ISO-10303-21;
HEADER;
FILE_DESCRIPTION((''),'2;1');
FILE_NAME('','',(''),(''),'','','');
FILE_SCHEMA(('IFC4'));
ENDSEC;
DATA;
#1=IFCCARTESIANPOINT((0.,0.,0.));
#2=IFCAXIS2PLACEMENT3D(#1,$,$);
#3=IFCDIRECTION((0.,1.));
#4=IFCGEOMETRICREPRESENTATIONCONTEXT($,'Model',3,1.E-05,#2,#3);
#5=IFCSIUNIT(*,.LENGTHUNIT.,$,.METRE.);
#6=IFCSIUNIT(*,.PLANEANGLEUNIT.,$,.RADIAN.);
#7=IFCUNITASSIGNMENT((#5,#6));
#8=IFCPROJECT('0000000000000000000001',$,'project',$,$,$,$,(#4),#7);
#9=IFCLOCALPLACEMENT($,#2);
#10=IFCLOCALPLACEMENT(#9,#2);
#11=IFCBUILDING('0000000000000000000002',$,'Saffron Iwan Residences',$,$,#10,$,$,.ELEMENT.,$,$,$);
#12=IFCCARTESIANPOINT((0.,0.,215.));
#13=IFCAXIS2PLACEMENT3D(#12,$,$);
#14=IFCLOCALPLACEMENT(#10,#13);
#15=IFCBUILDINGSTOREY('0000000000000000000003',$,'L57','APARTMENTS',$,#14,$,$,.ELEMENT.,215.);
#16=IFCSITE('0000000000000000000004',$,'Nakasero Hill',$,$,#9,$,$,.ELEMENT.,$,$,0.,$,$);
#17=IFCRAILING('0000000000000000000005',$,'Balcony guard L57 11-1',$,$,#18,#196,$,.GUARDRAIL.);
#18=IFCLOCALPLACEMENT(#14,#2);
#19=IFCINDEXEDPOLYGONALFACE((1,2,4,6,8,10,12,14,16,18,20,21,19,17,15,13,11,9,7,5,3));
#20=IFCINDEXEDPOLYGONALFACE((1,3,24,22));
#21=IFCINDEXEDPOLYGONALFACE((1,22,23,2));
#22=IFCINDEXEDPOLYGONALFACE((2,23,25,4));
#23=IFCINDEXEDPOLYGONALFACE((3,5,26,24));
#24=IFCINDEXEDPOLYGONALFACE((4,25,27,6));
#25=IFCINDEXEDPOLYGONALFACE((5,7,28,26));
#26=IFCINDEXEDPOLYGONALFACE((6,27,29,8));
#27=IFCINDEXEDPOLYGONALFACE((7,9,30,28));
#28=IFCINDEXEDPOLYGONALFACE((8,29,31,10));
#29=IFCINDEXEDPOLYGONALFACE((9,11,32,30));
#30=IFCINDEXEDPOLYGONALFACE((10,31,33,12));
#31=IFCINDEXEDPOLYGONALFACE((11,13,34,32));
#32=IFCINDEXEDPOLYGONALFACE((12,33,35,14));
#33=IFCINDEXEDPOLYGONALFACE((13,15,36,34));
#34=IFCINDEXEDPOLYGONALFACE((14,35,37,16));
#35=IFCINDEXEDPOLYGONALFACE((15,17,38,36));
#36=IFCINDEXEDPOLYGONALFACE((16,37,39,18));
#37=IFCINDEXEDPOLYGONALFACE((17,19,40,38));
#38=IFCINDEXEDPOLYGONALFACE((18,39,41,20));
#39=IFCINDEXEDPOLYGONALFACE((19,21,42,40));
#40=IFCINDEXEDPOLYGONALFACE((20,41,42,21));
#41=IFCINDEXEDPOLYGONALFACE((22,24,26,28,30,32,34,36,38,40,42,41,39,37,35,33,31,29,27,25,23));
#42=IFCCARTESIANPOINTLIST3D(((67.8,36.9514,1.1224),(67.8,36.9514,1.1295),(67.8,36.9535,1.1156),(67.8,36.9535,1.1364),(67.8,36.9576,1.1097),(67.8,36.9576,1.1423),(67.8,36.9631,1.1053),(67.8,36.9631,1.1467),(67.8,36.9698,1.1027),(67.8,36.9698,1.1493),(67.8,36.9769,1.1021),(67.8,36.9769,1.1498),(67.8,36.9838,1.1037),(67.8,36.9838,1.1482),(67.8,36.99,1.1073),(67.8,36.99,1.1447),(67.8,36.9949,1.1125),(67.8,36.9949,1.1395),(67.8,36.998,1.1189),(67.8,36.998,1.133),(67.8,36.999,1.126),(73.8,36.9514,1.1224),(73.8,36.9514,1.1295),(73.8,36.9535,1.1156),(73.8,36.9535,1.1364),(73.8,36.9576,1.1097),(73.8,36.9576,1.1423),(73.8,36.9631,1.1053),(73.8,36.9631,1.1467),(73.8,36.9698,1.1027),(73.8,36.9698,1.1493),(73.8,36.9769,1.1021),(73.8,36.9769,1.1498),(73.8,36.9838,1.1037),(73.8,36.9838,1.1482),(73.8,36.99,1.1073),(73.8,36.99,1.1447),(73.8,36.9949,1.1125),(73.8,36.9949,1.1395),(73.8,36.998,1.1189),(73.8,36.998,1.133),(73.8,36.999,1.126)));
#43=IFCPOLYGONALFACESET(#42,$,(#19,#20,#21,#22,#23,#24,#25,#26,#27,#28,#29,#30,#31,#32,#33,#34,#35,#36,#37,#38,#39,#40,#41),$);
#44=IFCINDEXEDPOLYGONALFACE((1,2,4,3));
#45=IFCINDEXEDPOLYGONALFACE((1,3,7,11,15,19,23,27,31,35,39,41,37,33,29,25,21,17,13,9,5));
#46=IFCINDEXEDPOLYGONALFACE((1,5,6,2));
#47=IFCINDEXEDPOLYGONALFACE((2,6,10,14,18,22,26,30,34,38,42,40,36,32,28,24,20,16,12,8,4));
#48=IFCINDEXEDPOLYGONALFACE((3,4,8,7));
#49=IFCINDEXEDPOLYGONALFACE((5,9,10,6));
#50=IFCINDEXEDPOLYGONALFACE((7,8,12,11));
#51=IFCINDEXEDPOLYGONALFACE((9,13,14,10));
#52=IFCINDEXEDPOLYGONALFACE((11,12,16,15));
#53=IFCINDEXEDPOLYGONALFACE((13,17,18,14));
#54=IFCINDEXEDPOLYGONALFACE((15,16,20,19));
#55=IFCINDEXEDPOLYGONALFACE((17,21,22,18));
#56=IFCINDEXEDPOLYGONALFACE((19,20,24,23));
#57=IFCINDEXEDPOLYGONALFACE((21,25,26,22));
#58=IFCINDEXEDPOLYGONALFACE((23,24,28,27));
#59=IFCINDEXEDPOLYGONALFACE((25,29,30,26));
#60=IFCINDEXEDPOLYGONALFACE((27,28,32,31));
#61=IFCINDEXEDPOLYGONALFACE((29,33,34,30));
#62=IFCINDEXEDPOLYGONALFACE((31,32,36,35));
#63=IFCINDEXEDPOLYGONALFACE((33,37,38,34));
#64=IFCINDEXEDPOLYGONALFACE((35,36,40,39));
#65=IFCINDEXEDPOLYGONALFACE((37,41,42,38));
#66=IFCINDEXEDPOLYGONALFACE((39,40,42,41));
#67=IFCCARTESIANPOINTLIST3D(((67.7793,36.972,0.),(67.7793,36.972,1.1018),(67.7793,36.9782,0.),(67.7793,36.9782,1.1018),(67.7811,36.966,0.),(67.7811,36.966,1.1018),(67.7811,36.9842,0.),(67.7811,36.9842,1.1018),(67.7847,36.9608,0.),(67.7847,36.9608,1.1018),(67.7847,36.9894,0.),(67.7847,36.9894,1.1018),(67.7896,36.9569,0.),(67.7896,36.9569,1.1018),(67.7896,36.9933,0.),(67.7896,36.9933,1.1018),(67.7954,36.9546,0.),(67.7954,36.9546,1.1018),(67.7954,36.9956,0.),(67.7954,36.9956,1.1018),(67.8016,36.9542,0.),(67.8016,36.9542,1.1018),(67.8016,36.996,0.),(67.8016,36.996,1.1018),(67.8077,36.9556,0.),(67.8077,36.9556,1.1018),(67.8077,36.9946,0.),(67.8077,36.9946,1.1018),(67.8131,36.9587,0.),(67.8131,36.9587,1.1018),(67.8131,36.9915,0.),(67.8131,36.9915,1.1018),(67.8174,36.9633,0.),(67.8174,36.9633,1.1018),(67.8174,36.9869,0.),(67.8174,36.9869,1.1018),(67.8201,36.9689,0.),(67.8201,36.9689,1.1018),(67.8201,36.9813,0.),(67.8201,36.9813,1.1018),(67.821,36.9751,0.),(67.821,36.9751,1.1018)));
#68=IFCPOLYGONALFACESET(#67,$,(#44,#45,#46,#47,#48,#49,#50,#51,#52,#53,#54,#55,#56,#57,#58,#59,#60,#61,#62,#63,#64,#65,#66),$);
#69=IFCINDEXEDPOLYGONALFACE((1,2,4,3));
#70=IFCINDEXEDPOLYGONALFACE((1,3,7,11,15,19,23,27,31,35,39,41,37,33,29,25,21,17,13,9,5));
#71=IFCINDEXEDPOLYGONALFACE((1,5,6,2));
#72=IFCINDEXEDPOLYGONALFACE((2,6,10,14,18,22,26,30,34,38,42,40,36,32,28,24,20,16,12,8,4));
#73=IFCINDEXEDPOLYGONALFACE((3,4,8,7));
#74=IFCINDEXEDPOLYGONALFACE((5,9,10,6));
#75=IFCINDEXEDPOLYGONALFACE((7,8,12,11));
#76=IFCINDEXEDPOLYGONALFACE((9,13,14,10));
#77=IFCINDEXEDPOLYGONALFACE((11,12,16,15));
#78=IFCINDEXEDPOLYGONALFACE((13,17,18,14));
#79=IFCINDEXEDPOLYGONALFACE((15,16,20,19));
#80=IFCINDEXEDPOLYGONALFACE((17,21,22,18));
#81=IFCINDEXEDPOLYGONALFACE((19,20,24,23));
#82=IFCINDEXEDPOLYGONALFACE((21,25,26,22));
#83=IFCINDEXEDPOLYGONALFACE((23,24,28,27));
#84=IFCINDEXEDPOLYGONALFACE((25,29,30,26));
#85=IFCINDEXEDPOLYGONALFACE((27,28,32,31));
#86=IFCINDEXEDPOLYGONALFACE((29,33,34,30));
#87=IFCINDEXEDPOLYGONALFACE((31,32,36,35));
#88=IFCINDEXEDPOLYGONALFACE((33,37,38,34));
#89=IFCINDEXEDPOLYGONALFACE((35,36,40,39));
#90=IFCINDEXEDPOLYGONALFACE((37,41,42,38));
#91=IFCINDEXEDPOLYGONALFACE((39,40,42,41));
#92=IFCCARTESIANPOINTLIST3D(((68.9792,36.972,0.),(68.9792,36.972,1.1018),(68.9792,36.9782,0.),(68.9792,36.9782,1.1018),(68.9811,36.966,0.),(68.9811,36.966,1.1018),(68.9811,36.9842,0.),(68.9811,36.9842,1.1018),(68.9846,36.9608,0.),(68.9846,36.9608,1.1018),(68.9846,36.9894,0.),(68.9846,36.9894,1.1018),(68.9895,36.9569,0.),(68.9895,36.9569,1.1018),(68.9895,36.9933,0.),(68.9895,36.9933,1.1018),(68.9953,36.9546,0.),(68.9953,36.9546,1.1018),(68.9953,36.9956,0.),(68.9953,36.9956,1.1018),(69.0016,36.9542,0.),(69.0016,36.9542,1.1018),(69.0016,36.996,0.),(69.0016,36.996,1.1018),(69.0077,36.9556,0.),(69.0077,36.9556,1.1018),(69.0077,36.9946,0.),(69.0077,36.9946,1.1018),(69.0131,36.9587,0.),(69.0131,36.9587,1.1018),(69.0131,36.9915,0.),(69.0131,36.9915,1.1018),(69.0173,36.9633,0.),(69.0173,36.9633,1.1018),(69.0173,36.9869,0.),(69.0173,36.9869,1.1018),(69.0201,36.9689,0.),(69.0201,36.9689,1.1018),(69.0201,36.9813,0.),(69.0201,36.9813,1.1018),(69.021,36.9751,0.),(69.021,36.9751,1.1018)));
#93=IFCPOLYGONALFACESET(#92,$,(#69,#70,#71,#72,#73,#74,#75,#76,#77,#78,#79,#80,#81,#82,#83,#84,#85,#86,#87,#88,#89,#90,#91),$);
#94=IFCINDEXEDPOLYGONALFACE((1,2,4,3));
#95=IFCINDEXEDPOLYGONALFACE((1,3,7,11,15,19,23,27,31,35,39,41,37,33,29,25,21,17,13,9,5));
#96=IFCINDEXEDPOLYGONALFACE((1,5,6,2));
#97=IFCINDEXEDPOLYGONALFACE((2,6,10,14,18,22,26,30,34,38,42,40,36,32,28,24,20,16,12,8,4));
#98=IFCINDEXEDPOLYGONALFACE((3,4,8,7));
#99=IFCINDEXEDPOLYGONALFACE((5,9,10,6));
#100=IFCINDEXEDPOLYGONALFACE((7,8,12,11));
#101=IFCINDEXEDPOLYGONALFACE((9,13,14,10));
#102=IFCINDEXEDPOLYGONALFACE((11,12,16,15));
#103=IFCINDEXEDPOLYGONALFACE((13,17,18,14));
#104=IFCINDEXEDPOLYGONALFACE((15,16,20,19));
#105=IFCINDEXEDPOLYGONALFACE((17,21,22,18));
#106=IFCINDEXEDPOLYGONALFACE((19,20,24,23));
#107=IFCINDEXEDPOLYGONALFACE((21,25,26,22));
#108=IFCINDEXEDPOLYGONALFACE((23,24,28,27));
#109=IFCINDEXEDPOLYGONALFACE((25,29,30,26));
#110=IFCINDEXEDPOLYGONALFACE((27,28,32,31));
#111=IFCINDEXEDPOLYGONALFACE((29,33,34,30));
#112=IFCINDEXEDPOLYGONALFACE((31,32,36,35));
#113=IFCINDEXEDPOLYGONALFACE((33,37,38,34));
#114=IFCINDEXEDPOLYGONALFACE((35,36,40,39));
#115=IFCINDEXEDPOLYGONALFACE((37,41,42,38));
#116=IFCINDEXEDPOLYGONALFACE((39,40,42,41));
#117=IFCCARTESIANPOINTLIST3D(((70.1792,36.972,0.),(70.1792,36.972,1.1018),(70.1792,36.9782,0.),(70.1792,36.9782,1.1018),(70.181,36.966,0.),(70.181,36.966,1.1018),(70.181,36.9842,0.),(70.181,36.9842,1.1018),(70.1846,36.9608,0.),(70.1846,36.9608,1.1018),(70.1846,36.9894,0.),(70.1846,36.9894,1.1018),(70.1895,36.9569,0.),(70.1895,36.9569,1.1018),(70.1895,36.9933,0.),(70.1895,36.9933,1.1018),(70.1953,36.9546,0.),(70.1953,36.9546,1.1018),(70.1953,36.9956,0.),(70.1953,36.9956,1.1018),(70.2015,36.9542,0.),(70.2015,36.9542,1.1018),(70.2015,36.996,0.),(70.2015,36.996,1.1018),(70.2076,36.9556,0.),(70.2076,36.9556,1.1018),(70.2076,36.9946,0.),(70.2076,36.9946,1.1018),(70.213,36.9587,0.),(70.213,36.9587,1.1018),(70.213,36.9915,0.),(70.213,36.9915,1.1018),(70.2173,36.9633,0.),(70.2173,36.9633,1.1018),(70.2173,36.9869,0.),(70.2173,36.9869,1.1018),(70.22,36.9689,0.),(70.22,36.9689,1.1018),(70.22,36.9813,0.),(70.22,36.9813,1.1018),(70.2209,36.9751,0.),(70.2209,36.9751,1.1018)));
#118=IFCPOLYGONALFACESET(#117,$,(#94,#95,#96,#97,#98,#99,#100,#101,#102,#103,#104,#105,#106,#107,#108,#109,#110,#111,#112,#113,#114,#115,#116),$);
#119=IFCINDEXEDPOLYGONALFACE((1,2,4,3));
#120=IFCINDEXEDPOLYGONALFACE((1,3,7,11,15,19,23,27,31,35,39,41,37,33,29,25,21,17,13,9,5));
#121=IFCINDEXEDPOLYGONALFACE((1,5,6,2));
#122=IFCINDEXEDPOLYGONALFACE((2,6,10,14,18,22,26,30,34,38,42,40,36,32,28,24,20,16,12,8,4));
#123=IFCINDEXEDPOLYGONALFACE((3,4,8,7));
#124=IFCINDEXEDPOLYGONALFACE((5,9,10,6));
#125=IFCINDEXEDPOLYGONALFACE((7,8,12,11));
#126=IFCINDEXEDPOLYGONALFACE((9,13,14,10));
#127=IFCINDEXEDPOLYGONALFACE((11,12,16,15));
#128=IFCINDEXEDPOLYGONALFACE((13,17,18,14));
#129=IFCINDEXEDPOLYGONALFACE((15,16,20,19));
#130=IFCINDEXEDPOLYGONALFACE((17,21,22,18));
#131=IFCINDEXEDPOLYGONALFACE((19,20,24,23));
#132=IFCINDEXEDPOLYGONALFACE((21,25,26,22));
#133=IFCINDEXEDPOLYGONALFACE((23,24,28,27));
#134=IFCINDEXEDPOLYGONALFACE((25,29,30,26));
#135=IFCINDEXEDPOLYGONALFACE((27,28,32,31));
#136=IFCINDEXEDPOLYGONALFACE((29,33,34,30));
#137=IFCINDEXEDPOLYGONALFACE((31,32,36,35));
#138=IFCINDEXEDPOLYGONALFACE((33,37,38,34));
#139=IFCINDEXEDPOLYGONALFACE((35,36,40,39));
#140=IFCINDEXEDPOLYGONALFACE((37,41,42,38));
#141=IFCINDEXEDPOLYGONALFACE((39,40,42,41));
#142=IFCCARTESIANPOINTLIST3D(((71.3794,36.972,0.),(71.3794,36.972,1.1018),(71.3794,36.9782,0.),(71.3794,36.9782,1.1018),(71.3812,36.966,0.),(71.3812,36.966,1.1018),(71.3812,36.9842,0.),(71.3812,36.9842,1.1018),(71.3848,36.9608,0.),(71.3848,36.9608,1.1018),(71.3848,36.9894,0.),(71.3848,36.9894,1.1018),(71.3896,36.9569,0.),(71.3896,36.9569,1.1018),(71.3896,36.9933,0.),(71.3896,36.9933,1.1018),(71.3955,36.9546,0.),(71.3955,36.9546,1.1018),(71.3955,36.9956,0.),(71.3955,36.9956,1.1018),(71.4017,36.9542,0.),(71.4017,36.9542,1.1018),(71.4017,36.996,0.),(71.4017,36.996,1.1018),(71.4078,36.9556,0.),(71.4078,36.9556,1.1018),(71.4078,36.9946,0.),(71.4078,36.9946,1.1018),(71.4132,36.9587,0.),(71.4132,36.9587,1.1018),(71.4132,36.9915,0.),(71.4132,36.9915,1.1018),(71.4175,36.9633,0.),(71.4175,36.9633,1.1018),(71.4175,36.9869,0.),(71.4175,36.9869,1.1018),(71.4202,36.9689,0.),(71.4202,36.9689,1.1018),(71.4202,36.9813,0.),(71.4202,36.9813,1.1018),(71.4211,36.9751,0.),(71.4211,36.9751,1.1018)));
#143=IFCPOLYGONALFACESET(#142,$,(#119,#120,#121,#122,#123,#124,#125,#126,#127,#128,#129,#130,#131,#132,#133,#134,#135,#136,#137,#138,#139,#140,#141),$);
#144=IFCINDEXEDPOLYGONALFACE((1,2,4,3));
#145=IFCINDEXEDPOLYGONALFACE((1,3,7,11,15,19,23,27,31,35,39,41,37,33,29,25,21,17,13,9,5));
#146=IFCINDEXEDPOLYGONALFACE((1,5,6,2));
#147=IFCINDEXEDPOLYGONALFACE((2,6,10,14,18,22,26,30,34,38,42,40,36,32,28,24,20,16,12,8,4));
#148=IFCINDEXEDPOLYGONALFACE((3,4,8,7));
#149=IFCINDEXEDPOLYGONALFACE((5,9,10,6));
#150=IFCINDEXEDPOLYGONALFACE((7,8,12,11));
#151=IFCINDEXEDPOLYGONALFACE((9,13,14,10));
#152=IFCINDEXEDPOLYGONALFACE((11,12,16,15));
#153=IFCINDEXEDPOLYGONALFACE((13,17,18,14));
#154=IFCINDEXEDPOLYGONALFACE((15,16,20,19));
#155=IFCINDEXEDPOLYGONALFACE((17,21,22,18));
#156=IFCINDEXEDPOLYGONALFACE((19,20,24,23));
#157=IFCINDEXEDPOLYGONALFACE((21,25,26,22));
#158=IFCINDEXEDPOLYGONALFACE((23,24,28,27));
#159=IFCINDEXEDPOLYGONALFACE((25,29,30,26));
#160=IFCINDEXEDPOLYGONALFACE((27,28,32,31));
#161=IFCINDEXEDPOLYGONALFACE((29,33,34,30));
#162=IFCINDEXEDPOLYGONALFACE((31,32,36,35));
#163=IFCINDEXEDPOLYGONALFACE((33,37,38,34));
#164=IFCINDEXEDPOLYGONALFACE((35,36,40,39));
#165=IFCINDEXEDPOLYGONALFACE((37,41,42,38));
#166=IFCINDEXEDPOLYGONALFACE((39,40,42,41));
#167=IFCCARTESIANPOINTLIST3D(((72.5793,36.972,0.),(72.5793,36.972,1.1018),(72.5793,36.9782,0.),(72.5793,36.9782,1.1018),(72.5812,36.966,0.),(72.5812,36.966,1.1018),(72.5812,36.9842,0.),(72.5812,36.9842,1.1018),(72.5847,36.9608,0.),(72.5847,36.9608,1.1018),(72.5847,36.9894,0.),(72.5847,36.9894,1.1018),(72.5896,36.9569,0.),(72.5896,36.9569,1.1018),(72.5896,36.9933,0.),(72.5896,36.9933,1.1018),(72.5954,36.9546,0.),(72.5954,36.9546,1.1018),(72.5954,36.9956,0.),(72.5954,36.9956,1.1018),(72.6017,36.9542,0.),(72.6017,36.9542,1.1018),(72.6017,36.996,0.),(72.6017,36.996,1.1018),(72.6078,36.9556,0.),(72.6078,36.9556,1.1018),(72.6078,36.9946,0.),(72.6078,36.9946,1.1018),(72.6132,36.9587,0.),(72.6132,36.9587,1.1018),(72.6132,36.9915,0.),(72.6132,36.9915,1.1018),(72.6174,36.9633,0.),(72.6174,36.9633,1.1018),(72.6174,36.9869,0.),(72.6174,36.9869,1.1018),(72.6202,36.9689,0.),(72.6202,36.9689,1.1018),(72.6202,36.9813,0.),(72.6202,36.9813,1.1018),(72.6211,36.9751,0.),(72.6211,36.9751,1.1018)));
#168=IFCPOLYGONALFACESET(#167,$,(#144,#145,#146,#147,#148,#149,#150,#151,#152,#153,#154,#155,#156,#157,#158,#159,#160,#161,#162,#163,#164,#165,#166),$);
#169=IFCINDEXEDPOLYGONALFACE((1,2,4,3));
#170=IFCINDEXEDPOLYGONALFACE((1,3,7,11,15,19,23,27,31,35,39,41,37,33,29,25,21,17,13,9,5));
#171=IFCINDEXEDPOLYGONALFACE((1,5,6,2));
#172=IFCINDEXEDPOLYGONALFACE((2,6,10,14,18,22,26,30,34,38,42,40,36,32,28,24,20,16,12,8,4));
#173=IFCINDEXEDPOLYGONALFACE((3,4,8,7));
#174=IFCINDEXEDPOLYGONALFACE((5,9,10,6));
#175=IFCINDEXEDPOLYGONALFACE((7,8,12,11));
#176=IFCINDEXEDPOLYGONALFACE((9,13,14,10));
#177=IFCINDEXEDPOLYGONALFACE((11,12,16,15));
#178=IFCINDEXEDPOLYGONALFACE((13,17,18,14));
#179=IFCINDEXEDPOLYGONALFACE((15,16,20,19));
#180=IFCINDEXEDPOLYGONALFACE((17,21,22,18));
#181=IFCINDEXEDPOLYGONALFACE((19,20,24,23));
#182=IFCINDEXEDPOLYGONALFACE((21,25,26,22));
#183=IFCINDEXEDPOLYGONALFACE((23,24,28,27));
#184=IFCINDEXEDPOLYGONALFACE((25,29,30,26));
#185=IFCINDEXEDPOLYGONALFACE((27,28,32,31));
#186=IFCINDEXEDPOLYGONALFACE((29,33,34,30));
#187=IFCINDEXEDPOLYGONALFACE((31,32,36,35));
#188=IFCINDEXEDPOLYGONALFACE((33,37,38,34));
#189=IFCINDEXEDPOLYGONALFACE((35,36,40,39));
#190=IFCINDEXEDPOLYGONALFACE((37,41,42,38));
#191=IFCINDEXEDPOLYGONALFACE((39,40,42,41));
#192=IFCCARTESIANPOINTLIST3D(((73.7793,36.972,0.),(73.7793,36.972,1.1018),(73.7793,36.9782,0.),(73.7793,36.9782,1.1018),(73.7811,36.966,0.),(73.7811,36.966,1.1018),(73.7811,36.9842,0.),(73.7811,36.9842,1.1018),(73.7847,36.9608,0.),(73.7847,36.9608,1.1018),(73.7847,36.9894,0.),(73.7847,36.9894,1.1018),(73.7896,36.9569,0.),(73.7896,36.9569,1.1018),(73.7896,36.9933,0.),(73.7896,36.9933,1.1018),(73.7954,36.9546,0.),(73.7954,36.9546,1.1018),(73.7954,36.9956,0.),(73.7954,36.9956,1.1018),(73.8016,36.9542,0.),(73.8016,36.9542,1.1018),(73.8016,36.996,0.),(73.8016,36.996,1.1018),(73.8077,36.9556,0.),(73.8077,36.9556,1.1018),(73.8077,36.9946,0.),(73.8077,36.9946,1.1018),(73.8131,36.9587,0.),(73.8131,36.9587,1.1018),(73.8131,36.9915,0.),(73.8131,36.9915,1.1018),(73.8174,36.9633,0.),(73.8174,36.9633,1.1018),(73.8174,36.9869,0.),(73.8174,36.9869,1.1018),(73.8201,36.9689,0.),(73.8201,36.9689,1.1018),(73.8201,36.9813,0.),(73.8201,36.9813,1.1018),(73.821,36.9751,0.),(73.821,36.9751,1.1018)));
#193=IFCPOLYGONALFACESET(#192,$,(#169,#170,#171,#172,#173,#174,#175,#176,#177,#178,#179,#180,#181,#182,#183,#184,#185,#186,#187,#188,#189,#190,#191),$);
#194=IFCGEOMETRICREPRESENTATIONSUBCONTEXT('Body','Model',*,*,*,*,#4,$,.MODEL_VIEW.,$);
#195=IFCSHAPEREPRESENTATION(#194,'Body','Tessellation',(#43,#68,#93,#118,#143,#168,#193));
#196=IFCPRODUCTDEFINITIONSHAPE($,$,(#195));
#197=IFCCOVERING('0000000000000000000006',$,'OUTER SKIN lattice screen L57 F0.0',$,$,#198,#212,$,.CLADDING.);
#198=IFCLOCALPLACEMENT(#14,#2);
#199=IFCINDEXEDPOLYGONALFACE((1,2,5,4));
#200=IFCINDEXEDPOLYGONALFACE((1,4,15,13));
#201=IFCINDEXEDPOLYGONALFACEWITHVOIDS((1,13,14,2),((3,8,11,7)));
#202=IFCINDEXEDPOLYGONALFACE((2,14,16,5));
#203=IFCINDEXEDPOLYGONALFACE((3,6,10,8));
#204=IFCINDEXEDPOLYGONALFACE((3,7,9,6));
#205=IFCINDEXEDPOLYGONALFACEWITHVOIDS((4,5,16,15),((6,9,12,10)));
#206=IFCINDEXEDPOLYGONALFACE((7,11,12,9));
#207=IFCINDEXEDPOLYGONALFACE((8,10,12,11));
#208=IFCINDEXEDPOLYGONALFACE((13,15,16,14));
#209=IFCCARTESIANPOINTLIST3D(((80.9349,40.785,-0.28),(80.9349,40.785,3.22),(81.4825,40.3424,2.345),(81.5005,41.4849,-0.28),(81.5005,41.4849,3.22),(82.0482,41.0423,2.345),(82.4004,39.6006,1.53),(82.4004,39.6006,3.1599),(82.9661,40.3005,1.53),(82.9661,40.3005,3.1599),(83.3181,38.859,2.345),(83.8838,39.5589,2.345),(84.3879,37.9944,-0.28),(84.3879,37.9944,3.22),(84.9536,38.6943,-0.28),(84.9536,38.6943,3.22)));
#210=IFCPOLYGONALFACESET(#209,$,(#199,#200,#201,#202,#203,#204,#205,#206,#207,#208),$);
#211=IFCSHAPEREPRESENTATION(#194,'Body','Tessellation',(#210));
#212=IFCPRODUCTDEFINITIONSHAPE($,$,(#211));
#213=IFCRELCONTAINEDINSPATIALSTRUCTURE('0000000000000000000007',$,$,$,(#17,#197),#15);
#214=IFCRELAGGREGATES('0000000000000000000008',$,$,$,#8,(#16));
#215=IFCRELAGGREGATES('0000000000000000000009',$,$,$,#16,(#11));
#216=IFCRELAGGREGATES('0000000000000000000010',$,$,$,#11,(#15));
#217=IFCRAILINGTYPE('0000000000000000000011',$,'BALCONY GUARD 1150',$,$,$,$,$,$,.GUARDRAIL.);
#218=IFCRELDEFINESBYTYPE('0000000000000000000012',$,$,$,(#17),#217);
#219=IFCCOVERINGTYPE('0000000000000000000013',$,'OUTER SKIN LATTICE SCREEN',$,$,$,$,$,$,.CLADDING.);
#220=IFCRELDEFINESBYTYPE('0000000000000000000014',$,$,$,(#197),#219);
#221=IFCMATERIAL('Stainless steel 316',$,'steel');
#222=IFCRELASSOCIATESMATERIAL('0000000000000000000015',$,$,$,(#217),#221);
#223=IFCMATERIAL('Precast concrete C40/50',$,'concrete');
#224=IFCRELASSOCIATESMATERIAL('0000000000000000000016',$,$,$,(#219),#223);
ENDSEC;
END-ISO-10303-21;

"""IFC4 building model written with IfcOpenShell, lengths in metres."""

from ifc_helpers import new_model, si_unit, direction, frame, origin, origin_2d, place, context, subcontext, project, spatial, polyline, circle, outline, extrude, material, type_object, element, save


model = new_model("IFC4")

# Units and contexts
model_context = context("Model", 3, precision=1e-05, world=origin(), true_north=direction((0.0, 1.0)))
body_context = subcontext(model_context, "Body", "Model", "MODEL_VIEW")
ifc_project = project(units=[si_unit("LENGTHUNIT", "METRE"), si_unit("PLANEANGLEUNIT", "RADIAN")], contexts=[model_context])

# Site, building, storey
site_placement = place(None, origin())
site = spatial("IfcSite", under=ifc_project, at=site_placement, Name="Nakasero Hill", CompositionType="ELEMENT", RefElevation=0.0)
building_placement = place(site_placement, origin())
building = spatial("IfcBuilding", under=site, at=building_placement, Name="Saffron Iwan Residences", CompositionType="ELEMENT")
storey_placement = place(building_placement, frame((0.0, 0.0, 215.0)))
storey = spatial("IfcBuildingStorey", under=building, at=storey_placement, Name="L57", Description="APARTMENTS", CompositionType="ELEMENT", Elevation=215.0)

# Railing
ifc_material_1 = material(Name="Stainless steel 316", Category="steel")
railing_type = type_object("IfcRailingType", Name="BALCONY GUARD 1150", PredefinedType="GUARDRAIL", material=ifc_material_1)
railing_placement = place(storey_placement, frame((67.8, 36.9751, 0.0)))
element("IfcRailing", 1, at=railing_placement, inside=storey, type_object=railing_type, Name="Balcony guard L57 11-1", PredefinedType="GUARDRAIL", context=body_context, shape_type="SweptSolid", body=[
    extrude(circle(Radius=0.0239, at=origin_2d()), frame((0.0, 0.0, 1.126), z_axis=(1.0, 0.0, 0.0), x_axis=(0.0, 1.0, 0.0)), (0.0, 0.0, 1.0), 6.0),
    extrude(circle(Radius=0.021, at=origin_2d()), origin(), (0.0, 0.0, 1.0), 1.1018),
    extrude(circle(Radius=0.021, at=origin_2d()), frame((1.2, 0.0, 0.0)), (0.0, 0.0, 1.0), 1.1018),
    extrude(circle(Radius=0.021, at=origin_2d()), frame((2.3999, 0.0, 0.0)), (0.0, 0.0, 1.0), 1.1018),
    extrude(circle(Radius=0.021, at=origin_2d()), frame((3.6001, 0.0, 0.0)), (0.0, 0.0, 1.0), 1.1018),
    extrude(circle(Radius=0.021, at=origin_2d()), frame((4.8, 0.0, 0.0)), (0.0, 0.0, 1.0), 1.1018),
    extrude(circle(Radius=0.021, at=origin_2d()), frame((6.0, 0.0, 0.0)), (0.0, 0.0, 1.0), 1.1018),
])

# Covering
ifc_material_2 = material(Name="Precast concrete C40/50", Category="concrete")
covering_type = type_object("IfcCoveringType", Name="OUTER SKIN LATTICE SCREEN", PredefinedType="CLADDING", material=ifc_material_2)
covering_1_placement = place(storey_placement, frame((84.3879, 37.9944, -0.28), z_axis=(0.628558, 0.777763, 0.0), x_axis=(-0.777763, 0.628558, 0.0)))
element("IfcCovering", 2, at=covering_1_placement, inside=storey, type_object=covering_type, Name="OUTER SKIN lattice screen L57 F0.0", PredefinedType="CLADDING", context=body_context, shape_type="SweptSolid", body=[
    extrude(outline(polyline([(0.0, 0.0), (4.4397, 0.0), (4.4397, 3.5), (0.0, 3.5), (0.0, 0.0)]), holes=[polyline([(1.3755, 2.625), (2.5554, 1.8101), (3.7356, 2.625), (2.5554, 3.4399), (1.3755, 2.625)])]), origin(), (0.0, 0.0, 1.0), 0.8999),
])

save(model, "model.ifc")
